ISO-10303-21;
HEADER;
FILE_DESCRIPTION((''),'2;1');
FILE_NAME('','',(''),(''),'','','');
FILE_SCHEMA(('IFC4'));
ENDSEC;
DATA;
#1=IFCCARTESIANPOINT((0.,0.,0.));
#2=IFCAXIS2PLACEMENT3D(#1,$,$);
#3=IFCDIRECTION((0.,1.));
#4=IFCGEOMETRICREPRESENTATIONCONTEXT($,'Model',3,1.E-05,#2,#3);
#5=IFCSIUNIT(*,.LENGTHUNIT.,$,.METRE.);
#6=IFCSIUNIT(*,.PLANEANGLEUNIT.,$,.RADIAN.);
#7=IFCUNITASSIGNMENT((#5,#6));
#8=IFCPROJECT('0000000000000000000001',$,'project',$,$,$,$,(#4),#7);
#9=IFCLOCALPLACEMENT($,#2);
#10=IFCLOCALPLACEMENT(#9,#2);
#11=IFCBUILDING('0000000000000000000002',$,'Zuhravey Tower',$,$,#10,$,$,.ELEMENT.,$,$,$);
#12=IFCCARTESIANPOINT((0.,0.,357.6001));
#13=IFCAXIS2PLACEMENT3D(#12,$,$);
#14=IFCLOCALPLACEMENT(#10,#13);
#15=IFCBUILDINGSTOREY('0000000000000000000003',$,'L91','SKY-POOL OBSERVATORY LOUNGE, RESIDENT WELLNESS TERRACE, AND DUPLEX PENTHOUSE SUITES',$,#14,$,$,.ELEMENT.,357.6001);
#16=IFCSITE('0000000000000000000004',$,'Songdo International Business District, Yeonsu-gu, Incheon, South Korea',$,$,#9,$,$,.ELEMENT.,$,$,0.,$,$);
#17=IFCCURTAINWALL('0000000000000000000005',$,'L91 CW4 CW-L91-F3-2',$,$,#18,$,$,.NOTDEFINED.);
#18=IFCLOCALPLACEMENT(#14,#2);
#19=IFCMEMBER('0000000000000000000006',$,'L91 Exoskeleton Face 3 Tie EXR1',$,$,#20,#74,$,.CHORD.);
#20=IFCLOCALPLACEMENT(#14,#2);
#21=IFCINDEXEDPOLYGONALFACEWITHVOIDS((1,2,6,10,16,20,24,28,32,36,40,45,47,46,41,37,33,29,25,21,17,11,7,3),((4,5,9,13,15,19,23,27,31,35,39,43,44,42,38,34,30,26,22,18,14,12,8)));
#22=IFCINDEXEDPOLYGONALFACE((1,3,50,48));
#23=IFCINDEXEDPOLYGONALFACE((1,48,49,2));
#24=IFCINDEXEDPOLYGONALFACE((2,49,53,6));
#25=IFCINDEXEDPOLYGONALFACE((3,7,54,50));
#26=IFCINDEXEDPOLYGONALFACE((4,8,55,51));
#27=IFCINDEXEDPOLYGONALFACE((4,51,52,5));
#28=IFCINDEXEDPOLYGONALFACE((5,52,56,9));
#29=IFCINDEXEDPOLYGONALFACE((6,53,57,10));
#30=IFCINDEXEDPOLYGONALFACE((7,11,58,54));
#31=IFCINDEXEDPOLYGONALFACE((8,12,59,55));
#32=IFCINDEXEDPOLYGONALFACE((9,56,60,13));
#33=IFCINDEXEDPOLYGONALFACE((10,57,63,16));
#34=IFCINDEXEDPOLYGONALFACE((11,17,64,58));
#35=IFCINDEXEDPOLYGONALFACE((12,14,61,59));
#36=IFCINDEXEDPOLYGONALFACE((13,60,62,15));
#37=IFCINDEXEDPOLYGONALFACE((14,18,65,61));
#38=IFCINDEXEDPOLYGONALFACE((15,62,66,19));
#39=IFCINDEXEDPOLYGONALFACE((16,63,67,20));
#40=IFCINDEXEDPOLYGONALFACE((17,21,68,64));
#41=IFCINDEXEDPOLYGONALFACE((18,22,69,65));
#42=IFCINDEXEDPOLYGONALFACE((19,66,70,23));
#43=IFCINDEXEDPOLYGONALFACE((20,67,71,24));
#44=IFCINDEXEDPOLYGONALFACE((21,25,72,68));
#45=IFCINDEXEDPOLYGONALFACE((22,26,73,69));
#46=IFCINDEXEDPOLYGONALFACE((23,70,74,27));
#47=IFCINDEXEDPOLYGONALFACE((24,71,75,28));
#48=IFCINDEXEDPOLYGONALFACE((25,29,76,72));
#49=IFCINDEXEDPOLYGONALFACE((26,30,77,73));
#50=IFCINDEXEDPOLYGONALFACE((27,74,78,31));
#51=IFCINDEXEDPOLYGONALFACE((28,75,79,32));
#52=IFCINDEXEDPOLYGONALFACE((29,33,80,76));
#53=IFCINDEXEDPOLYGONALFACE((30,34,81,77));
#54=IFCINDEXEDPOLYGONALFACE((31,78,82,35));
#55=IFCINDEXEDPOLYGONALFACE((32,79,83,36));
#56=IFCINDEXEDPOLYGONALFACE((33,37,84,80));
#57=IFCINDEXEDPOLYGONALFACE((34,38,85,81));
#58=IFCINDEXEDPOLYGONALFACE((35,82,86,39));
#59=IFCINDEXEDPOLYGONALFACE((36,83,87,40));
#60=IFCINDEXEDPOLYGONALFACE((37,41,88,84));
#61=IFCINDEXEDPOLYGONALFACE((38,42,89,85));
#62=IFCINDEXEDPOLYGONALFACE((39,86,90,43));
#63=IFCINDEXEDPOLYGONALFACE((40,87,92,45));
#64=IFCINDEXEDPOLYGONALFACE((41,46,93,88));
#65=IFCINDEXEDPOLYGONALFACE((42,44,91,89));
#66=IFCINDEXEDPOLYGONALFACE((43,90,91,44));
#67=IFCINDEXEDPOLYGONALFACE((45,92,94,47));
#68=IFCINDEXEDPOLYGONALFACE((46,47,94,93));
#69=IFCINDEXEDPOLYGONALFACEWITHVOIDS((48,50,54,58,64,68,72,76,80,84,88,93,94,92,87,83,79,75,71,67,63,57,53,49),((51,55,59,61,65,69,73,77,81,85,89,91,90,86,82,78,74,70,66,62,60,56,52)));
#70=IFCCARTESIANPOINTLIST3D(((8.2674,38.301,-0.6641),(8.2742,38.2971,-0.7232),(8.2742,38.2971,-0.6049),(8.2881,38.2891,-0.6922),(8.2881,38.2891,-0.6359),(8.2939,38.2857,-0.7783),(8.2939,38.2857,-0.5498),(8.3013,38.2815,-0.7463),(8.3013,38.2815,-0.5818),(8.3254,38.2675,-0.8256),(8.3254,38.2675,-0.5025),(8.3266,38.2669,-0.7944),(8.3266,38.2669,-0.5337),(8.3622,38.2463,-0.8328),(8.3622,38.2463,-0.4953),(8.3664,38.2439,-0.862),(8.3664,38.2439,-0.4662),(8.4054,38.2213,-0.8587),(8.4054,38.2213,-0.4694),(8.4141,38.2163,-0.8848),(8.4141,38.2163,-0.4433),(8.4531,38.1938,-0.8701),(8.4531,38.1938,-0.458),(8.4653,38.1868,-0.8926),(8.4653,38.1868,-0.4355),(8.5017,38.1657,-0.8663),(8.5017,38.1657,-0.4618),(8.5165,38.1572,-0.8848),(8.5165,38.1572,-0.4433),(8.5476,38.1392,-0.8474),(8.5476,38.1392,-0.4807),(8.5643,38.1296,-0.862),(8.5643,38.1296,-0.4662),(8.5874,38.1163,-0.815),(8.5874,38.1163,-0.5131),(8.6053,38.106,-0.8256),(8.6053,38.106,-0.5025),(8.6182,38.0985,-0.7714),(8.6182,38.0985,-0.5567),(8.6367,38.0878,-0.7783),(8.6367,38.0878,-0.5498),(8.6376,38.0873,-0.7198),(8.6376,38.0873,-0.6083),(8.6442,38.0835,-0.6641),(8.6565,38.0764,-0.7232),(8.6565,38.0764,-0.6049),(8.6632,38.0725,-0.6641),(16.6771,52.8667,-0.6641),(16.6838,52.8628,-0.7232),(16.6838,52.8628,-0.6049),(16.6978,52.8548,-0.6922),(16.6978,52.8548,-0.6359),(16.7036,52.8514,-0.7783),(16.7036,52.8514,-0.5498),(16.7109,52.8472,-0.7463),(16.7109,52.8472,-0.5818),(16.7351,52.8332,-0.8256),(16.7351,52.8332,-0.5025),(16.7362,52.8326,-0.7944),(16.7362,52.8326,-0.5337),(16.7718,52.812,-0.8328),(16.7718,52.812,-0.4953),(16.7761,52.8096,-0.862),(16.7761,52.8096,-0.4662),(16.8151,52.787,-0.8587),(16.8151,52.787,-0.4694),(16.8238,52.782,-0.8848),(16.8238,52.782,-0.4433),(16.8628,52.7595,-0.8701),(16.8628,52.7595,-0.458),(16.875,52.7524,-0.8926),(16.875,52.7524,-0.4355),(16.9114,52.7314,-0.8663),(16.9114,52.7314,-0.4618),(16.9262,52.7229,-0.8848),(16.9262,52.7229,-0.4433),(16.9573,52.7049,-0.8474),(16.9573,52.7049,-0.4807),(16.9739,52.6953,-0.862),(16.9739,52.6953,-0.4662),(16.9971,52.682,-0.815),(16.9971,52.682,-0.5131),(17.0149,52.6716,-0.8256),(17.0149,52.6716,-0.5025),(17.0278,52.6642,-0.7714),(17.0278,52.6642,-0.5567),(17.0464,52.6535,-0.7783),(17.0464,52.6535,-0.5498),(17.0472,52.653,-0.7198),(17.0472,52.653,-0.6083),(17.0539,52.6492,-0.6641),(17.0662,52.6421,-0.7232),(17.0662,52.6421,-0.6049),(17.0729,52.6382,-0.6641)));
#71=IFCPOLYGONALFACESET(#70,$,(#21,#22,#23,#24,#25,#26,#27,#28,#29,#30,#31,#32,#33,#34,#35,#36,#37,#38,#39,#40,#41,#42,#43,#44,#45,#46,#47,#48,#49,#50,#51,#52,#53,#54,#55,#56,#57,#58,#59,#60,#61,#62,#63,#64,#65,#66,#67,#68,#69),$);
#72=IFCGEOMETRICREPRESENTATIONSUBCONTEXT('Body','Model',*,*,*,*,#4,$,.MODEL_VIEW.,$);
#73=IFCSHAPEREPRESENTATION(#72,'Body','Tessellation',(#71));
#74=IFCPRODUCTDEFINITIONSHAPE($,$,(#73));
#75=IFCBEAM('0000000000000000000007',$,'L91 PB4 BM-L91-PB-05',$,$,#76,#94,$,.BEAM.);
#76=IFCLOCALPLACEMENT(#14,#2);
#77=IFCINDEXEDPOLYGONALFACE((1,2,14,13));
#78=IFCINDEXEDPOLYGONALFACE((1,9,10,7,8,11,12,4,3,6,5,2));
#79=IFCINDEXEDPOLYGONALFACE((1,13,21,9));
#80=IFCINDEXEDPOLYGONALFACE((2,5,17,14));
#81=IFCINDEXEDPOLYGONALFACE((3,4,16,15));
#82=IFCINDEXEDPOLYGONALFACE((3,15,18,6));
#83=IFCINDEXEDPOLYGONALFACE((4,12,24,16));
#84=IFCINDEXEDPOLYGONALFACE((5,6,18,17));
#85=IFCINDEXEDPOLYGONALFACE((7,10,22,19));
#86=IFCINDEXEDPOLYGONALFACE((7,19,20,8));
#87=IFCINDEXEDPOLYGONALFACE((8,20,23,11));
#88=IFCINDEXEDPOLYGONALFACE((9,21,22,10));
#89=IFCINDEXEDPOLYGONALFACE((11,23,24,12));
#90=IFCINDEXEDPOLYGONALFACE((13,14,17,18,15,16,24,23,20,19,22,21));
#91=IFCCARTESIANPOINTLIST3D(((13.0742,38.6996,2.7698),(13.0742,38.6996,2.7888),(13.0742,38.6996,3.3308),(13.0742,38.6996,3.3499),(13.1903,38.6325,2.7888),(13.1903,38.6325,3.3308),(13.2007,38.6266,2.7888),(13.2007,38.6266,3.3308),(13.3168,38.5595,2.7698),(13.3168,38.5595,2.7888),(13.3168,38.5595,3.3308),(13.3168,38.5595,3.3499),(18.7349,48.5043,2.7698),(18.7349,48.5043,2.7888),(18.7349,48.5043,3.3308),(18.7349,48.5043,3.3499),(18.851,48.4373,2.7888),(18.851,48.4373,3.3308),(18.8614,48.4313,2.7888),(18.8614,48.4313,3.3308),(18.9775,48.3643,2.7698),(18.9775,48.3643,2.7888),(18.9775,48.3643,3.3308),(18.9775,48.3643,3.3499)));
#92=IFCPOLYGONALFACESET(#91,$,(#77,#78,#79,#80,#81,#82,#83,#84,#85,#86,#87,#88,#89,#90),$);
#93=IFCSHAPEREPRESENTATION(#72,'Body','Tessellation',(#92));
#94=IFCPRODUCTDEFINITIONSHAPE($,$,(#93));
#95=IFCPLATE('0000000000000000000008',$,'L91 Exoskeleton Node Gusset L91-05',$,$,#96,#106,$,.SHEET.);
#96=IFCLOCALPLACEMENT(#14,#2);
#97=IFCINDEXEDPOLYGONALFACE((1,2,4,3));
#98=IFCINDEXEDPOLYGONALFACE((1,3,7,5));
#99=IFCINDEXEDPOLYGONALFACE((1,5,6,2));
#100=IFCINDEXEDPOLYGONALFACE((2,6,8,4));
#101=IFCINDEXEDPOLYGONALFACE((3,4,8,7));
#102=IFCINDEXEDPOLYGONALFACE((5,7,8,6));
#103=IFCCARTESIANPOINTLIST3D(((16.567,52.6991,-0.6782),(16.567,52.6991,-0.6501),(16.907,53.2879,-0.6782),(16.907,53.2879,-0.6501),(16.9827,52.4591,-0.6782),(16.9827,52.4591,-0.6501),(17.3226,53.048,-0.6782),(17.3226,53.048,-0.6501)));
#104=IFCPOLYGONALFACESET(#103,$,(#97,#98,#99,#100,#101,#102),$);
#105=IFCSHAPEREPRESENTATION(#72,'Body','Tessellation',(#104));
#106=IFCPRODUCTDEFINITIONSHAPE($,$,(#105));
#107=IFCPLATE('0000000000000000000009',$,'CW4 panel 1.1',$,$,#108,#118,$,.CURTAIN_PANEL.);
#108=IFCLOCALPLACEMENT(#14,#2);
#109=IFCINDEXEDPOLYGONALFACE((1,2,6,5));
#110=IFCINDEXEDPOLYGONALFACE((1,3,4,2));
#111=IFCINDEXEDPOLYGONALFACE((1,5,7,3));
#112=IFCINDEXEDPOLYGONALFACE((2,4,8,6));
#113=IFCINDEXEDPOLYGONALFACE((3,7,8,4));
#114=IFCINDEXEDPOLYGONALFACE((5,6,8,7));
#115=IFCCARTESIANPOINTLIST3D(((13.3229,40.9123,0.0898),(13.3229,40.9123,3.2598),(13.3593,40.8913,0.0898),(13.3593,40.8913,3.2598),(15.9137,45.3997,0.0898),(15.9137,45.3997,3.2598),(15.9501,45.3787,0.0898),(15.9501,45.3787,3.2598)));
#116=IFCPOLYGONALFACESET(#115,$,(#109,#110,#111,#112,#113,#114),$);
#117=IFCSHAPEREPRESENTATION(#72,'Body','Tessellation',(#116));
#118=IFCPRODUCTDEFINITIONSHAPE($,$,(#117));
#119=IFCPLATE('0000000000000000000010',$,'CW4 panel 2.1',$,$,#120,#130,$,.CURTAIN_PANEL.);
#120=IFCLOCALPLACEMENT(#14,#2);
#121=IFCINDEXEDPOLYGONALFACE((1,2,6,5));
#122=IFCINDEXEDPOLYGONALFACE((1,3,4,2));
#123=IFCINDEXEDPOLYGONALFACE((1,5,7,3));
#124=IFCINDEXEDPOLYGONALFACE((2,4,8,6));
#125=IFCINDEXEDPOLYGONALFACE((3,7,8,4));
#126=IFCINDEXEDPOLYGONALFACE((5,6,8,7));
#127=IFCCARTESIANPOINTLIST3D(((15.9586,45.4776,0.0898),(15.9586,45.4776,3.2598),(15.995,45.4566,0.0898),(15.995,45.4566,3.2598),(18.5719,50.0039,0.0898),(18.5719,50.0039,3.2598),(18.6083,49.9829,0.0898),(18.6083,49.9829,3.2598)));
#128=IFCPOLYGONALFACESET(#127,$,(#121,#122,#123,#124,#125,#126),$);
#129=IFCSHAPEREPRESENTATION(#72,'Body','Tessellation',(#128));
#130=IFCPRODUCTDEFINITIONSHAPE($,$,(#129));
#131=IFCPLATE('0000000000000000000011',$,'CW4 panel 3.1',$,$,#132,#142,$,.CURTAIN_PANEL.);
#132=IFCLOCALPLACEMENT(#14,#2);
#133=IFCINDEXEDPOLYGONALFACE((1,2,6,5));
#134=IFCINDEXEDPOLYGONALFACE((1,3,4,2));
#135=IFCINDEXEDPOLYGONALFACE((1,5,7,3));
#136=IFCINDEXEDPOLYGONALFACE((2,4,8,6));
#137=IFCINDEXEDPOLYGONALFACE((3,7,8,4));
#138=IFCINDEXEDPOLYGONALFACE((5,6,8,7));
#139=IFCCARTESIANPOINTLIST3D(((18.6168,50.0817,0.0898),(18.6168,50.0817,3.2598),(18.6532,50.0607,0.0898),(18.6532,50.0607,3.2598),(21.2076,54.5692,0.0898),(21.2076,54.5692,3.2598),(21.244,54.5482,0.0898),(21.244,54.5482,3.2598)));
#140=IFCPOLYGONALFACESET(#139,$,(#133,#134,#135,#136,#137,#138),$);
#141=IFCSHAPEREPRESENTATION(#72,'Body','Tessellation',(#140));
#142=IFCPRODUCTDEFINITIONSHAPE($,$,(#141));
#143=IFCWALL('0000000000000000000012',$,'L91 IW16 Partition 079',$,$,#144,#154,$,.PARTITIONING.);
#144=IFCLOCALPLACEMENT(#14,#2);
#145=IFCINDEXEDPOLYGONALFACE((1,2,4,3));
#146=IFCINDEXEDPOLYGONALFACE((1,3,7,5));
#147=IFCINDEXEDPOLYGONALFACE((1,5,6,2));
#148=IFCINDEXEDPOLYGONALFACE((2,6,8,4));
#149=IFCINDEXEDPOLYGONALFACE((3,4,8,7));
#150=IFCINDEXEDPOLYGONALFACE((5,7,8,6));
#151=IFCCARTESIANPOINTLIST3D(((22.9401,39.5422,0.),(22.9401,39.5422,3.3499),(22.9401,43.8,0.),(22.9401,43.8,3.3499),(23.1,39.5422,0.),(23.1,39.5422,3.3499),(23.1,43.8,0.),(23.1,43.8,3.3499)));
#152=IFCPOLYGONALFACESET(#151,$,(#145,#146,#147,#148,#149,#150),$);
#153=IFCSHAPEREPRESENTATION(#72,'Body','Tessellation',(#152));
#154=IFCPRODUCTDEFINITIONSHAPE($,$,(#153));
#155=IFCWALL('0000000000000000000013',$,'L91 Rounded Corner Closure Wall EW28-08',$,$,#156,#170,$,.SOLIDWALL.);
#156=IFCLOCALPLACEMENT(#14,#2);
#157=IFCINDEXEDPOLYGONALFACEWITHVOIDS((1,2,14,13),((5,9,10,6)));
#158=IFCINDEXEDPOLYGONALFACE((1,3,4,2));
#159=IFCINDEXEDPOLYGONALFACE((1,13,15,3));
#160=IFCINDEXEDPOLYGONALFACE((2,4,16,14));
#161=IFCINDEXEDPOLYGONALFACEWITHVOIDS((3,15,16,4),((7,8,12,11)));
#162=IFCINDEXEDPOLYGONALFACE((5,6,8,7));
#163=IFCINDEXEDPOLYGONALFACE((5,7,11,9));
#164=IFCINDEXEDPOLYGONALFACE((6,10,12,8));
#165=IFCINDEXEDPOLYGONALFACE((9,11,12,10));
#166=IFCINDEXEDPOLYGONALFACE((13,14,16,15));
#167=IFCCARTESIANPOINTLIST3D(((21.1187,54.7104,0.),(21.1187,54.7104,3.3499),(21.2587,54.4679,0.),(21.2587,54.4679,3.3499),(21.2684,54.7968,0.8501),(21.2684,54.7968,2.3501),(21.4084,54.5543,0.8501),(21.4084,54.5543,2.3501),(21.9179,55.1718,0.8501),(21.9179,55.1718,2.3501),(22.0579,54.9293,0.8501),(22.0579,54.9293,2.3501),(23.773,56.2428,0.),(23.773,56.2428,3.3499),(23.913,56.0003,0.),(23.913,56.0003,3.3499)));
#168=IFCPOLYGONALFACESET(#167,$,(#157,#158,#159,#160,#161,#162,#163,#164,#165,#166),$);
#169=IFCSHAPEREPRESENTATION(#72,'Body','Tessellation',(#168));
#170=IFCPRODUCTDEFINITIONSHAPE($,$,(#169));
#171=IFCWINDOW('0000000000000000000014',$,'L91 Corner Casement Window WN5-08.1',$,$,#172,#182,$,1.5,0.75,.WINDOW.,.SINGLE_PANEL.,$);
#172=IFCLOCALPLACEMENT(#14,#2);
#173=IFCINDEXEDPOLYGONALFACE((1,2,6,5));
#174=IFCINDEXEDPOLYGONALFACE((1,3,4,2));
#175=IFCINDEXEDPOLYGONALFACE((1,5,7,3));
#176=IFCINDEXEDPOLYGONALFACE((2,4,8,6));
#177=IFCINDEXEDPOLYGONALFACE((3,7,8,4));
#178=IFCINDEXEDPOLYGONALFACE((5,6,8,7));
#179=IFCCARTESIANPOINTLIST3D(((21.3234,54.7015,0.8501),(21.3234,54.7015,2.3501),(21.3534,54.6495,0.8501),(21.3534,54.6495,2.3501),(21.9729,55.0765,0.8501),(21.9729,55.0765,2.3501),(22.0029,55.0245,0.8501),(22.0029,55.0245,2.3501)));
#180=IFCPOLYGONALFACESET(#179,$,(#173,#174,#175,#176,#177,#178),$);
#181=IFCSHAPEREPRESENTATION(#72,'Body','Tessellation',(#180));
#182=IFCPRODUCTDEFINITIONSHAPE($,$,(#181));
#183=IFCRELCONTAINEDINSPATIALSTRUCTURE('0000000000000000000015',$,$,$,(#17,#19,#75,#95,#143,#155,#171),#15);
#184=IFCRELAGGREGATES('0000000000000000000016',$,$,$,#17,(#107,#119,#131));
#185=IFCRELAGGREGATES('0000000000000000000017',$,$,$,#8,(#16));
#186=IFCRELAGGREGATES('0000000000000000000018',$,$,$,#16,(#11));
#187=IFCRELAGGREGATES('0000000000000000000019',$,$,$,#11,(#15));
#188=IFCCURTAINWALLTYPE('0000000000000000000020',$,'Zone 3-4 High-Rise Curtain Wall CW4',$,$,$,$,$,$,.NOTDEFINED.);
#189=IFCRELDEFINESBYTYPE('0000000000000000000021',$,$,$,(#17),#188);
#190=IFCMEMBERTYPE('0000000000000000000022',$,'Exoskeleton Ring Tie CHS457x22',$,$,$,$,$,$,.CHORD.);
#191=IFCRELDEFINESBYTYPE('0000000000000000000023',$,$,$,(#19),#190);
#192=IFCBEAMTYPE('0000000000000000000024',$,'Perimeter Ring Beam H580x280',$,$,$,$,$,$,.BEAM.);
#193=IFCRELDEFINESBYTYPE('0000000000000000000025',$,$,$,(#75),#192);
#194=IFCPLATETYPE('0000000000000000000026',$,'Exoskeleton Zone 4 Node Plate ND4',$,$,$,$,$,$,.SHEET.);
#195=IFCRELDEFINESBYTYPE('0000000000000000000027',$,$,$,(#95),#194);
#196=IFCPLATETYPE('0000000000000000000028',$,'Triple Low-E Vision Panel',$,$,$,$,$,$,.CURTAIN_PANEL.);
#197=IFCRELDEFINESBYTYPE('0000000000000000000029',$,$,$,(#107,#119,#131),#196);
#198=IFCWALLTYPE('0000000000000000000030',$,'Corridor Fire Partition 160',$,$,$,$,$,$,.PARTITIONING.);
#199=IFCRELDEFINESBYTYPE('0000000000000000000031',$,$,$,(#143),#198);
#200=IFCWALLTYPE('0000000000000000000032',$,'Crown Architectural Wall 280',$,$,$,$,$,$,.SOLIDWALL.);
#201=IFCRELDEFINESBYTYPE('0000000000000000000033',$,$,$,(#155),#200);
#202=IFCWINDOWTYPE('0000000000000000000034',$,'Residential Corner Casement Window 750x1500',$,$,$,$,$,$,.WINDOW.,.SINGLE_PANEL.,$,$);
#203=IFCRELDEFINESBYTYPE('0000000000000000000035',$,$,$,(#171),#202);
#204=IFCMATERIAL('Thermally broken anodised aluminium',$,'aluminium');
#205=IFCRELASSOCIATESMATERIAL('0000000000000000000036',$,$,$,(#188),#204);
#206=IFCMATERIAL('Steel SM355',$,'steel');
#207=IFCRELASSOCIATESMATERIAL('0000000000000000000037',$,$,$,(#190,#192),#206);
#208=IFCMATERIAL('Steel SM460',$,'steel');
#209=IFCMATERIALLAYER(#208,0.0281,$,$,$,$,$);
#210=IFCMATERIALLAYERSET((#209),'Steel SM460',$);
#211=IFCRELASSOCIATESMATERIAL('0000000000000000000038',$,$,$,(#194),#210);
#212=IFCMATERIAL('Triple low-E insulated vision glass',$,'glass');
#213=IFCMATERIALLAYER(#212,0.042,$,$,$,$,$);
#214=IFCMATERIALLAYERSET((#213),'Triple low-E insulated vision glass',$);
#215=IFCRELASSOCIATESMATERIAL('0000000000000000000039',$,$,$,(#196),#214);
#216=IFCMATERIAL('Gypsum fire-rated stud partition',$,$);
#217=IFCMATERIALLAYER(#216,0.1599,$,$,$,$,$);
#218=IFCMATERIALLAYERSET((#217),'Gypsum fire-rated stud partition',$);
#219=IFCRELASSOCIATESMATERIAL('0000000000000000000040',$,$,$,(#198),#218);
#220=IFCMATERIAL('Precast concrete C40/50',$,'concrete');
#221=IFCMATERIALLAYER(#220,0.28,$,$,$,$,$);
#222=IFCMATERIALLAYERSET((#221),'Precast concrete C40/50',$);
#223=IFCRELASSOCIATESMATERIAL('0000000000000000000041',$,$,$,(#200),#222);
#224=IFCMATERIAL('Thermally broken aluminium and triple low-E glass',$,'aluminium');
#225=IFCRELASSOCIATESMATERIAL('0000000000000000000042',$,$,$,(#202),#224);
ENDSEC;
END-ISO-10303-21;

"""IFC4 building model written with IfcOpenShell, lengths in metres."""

from ifc_helpers import new_model, si_unit, direction, frame, frame_2d, origin, origin_2d, place, context, subcontext, project, spatial, rectangle, hollow_circle, i_section, extrude, material, layer, layer_set, material_profile, profile_set, type_object, element, fill, aggregate, save


model = new_model("IFC4")

# Units and contexts
model_context = context("Model", 3, precision=1e-05, world=origin(), true_north=direction((0.0, 1.0)))
body_context = subcontext(model_context, "Body", "Model", "MODEL_VIEW")
ifc_project = project(units=[si_unit("LENGTHUNIT", "METRE"), si_unit("PLANEANGLEUNIT", "RADIAN")], contexts=[model_context])

# Site, building, storey
site_placement = place(None, origin())
site = spatial("IfcSite", under=ifc_project, at=site_placement, Name="Songdo International Business District, Yeonsu-gu, Incheon, South Korea", CompositionType="ELEMENT", RefElevation=0.0)
building_placement = place(site_placement, origin())
building = spatial("IfcBuilding", under=site, at=building_placement, Name="Zuhravey Tower", CompositionType="ELEMENT")
storey_placement = place(building_placement, frame((0.0, 0.0, 357.6001)))
storey = spatial("IfcBuildingStorey", under=building, at=storey_placement, Name="L91", Description="SKY-POOL OBSERVATORY LOUNGE, RESIDENT WELLNESS TERRACE, AND DUPLEX PENTHOUSE SUITES", CompositionType="ELEMENT", Elevation=357.6001)

# Curtain wall
ifc_material_1 = material(Name="Thermally broken anodised aluminium", Category="aluminium")
curtain_wall_type = type_object("IfcCurtainWallType", Name="Zone 3-4 High-Rise Curtain Wall CW4", PredefinedType="NOTDEFINED", material=ifc_material_1)
curtain_wall_placement = place(storey_placement, origin())
curtain_wall = element("IfcCurtainWall", 1, at=curtain_wall_placement, inside=storey, type_object=curtain_wall_type, Name="L91 CW4 CW-L91-F3-2", PredefinedType="NOTDEFINED")

# Member
ifc_material_2 = material(Name="Steel SM355", Category="steel")
ifc_material_profile_1 = material_profile(ifc_material_2, hollow_circle(Radius=0.2285, WallThickness=0.022, at=origin_2d()), Name="CHS-457.2x22")
ifc_profile_set_1 = profile_set([ifc_material_profile_1], Name="Steel SM355")
member_type_1 = type_object("IfcMemberType", Name="Exoskeleton Ring Tie CHS457x22", PredefinedType="CHORD", material=ifc_profile_set_1)
member_1_placement = place(storey_placement, frame((16.875, 52.7524, -0.6641), z_axis=(-0.500008, -0.866021, 0.0), x_axis=(0.866021, -0.500008, 0.0)))
element("IfcMember", 2, at=member_1_placement, inside=storey, type_object=member_type_1, Name="L91 Exoskeleton Face 3 Tie EXR1", PredefinedType="CHORD", context=body_context, shape_type="SweptSolid", body=[
    extrude(hollow_circle(Radius=0.2285, WallThickness=0.022, at=origin_2d()), origin(), (0.0, 0.0, 1.0), 16.8191),
])

# Beam
ifc_material_profile_2 = material_profile(ifc_material_2, i_section(OverallWidth=0.28, OverallDepth=0.5801, WebThickness=0.012, FlangeThickness=0.019, at=origin_2d()), Name="H-580x280x12x19")
ifc_profile_set_2 = profile_set([ifc_material_profile_2], Name="Steel SM355")
beam_type = type_object("IfcBeamType", Name="Perimeter Ring Beam H580x280", PredefinedType="BEAM", material=ifc_profile_set_2)
beam_placement = place(storey_placement, frame((18.8562, 48.4343, 3.0598), z_axis=(-0.499994, -0.866029, 0.0), x_axis=(0.866029, -0.499994, 0.0)))
element("IfcBeam", 3, at=beam_placement, inside=storey, type_object=beam_type, Name="L91 PB4 BM-L91-PB-05", PredefinedType="BEAM", context=body_context, shape_type="SweptSolid", body=[
    extrude(i_section(OverallWidth=0.28, OverallDepth=0.5801, WebThickness=0.012, FlangeThickness=0.019, at=origin_2d()), origin(), (0.0, 0.0, 1.0), 11.3215),
])

# Plates
ifc_material_3 = material(Name="Steel SM460", Category="steel")
ifc_layer_1 = layer(ifc_material_3, 0.0281)
ifc_layer_set_1 = layer_set([ifc_layer_1], Name="Steel SM460")
plate_type_1 = type_object("IfcPlateType", Name="Exoskeleton Zone 4 Node Plate ND4", PredefinedType="SHEET", material=ifc_layer_set_1)
plate_1_placement = place(storey_placement, frame((16.9448, 52.8735, -0.6782), z_axis=(0.0, 0.0, 1.0), x_axis=(-0.5, -0.866025, 0.0)))
element("IfcPlate", 4, at=plate_1_placement, inside=storey, type_object=plate_type_1, Name="L91 Exoskeleton Node Gusset L91-05", PredefinedType="SHEET", context=body_context, shape_type="SweptSolid", body=[
    extrude(rectangle(XDim=0.6799, YDim=0.48, at=origin_2d()), origin(), (0.0, 0.0, 1.0), 0.0281),
])
ifc_material_4 = material(Name="Triple low-E insulated vision glass", Category="glass")
ifc_layer_2 = layer(ifc_material_4, 0.042)
ifc_layer_set_2 = layer_set([ifc_layer_2], Name="Triple low-E insulated vision glass")
plate_type_2 = type_object("IfcPlateType", Name="Triple Low-E Vision Panel", PredefinedType="CURTAIN_PANEL", material=ifc_layer_set_2)
plate_2_placement = place(storey_placement, frame((14.6365, 43.1455, 0.0898), z_axis=(0.0, 0.0, 1.0), x_axis=(0.499999, 0.866026, 0.0)))
plate_2 = element("IfcPlate", 5, at=plate_2_placement, type_object=plate_type_2, Name="CW4 panel 1.1", PredefinedType="CURTAIN_PANEL", context=body_context, shape_type="SweptSolid", body=[
    extrude(rectangle(XDim=5.1816, YDim=0.042, at=origin_2d()), origin(), (0.0, 0.0, 1.0), 3.1699),
])
plate_3_placement = place(storey_placement, frame((17.2834, 47.7302, 0.0898), z_axis=(0.0, 0.0, 1.0), x_axis=(0.499999, 0.866026, 0.0)))
plate_3 = element("IfcPlate", 6, at=plate_3_placement, type_object=plate_type_2, Name="CW4 panel 2.1", PredefinedType="CURTAIN_PANEL", context=body_context, shape_type="SweptSolid", body=[
    extrude(rectangle(XDim=5.2266, YDim=0.042, at=origin_2d()), origin(), (0.0, 0.0, 1.0), 3.1699),
])
plate_4_placement = place(storey_placement, frame((19.9304, 52.3149, 0.0898), z_axis=(0.0, 0.0, 1.0), x_axis=(0.499999, 0.866026, 0.0)))
plate_4 = element("IfcPlate", 7, at=plate_4_placement, type_object=plate_type_2, Name="CW4 panel 3.1", PredefinedType="CURTAIN_PANEL", context=body_context, shape_type="SweptSolid", body=[
    extrude(rectangle(XDim=5.1816, YDim=0.042, at=origin_2d()), origin(), (0.0, 0.0, 1.0), 3.1699),
])
aggregate(curtain_wall, [plate_2, plate_3, plate_4])

# Wall
ifc_material_5 = material(Name="Gypsum fire-rated stud partition")
ifc_layer_3 = layer(ifc_material_5, 0.1599)
ifc_layer_set_3 = layer_set([ifc_layer_3], Name="Gypsum fire-rated stud partition")
wall_type_1 = type_object("IfcWallType", Name="Corridor Fire Partition 160", PredefinedType="PARTITIONING", material=ifc_layer_set_3)
wall_1_placement = place(storey_placement, frame((23.02, 43.8, 0.0), z_axis=(0.0, 0.0, 1.0), x_axis=(0.0, -1.0, 0.0)))
element("IfcWall", 8, at=wall_1_placement, inside=storey, type_object=wall_type_1, Name="L91 IW16 Partition 079", PredefinedType="PARTITIONING", context=body_context, shape_type="SweptSolid", body=[
    extrude(rectangle(XDim=4.2578, YDim=0.1599, at=frame_2d((2.1289, 0.0))), origin(), (0.0, 0.0, 1.0), 3.3499),
])

# Wall, opening, window
ifc_material_6 = material(Name="Precast concrete C40/50", Category="concrete")
ifc_layer_4 = layer(ifc_material_6, 0.28)
ifc_layer_set_4 = layer_set([ifc_layer_4], Name="Precast concrete C40/50")
wall_type_2 = type_object("IfcWallType", Name="Crown Architectural Wall 280", PredefinedType="SOLIDWALL", material=ifc_layer_set_4)
wall_2_placement = place(storey_placement, frame((21.1887, 54.5891, 0.0), z_axis=(0.0, 0.0, 1.0), x_axis=(0.866024, 0.500003, 0.0)))
wall_2 = element("IfcWall", 9, at=wall_2_placement, inside=storey, type_object=wall_type_2, Name="L91 Rounded Corner Closure Wall EW28-08", PredefinedType="SOLIDWALL", context=body_context, shape_type="SweptSolid", body=[
    extrude(rectangle(XDim=3.0649, YDim=0.28, at=frame_2d((1.5325, 0.0))), origin(), (0.0, 0.0, 1.0), 3.3499),
])
opening_1_placement = place(wall_2_placement, frame((0.1729, 0.0, 0.8501)))
opening_1 = element("IfcOpeningElement", 10, at=opening_1_placement, cuts=wall_2, PredefinedType="OPENING", context=body_context, shape_type="SweptSolid", body=[
    extrude(rectangle(XDim=0.75, YDim=1.5, at=frame_2d((0.375, 0.75))), frame((0.0, 0.1521, 0.0), z_axis=(0.0, -1.0, 0.0), x_axis=(1.0, 0.0, 0.0)), (0.0, 0.0, 1.0), 0.304),
])
ifc_material_7 = material(Name="Thermally broken aluminium and triple low-E glass", Category="aluminium")
window_type = type_object("IfcWindowType", Name="Residential Corner Casement Window 750x1500", PartitioningType="SINGLE_PANEL", PredefinedType="WINDOW", material=ifc_material_7)
window_placement = place(opening_1_placement, origin())
window = element("IfcWindow", 11, at=window_placement, inside=storey, type_object=window_type, Name="L91 Corner Casement Window WN5-08.1", OverallHeight=1.5, OverallWidth=0.75, PartitioningType="SINGLE_PANEL", PredefinedType="WINDOW", context=body_context, shape_type="SweptSolid", body=[
    extrude(rectangle(XDim=0.75, YDim=1.5, at=frame_2d((0.375, 0.75))), frame((0.0, 0.03, 0.0), z_axis=(0.0, -1.0, 0.0), x_axis=(1.0, 0.0, 0.0)), (0.0, 0.0, 1.0), 0.0601),
])
fill(opening_1, window)

save(model, "model.ifc")
